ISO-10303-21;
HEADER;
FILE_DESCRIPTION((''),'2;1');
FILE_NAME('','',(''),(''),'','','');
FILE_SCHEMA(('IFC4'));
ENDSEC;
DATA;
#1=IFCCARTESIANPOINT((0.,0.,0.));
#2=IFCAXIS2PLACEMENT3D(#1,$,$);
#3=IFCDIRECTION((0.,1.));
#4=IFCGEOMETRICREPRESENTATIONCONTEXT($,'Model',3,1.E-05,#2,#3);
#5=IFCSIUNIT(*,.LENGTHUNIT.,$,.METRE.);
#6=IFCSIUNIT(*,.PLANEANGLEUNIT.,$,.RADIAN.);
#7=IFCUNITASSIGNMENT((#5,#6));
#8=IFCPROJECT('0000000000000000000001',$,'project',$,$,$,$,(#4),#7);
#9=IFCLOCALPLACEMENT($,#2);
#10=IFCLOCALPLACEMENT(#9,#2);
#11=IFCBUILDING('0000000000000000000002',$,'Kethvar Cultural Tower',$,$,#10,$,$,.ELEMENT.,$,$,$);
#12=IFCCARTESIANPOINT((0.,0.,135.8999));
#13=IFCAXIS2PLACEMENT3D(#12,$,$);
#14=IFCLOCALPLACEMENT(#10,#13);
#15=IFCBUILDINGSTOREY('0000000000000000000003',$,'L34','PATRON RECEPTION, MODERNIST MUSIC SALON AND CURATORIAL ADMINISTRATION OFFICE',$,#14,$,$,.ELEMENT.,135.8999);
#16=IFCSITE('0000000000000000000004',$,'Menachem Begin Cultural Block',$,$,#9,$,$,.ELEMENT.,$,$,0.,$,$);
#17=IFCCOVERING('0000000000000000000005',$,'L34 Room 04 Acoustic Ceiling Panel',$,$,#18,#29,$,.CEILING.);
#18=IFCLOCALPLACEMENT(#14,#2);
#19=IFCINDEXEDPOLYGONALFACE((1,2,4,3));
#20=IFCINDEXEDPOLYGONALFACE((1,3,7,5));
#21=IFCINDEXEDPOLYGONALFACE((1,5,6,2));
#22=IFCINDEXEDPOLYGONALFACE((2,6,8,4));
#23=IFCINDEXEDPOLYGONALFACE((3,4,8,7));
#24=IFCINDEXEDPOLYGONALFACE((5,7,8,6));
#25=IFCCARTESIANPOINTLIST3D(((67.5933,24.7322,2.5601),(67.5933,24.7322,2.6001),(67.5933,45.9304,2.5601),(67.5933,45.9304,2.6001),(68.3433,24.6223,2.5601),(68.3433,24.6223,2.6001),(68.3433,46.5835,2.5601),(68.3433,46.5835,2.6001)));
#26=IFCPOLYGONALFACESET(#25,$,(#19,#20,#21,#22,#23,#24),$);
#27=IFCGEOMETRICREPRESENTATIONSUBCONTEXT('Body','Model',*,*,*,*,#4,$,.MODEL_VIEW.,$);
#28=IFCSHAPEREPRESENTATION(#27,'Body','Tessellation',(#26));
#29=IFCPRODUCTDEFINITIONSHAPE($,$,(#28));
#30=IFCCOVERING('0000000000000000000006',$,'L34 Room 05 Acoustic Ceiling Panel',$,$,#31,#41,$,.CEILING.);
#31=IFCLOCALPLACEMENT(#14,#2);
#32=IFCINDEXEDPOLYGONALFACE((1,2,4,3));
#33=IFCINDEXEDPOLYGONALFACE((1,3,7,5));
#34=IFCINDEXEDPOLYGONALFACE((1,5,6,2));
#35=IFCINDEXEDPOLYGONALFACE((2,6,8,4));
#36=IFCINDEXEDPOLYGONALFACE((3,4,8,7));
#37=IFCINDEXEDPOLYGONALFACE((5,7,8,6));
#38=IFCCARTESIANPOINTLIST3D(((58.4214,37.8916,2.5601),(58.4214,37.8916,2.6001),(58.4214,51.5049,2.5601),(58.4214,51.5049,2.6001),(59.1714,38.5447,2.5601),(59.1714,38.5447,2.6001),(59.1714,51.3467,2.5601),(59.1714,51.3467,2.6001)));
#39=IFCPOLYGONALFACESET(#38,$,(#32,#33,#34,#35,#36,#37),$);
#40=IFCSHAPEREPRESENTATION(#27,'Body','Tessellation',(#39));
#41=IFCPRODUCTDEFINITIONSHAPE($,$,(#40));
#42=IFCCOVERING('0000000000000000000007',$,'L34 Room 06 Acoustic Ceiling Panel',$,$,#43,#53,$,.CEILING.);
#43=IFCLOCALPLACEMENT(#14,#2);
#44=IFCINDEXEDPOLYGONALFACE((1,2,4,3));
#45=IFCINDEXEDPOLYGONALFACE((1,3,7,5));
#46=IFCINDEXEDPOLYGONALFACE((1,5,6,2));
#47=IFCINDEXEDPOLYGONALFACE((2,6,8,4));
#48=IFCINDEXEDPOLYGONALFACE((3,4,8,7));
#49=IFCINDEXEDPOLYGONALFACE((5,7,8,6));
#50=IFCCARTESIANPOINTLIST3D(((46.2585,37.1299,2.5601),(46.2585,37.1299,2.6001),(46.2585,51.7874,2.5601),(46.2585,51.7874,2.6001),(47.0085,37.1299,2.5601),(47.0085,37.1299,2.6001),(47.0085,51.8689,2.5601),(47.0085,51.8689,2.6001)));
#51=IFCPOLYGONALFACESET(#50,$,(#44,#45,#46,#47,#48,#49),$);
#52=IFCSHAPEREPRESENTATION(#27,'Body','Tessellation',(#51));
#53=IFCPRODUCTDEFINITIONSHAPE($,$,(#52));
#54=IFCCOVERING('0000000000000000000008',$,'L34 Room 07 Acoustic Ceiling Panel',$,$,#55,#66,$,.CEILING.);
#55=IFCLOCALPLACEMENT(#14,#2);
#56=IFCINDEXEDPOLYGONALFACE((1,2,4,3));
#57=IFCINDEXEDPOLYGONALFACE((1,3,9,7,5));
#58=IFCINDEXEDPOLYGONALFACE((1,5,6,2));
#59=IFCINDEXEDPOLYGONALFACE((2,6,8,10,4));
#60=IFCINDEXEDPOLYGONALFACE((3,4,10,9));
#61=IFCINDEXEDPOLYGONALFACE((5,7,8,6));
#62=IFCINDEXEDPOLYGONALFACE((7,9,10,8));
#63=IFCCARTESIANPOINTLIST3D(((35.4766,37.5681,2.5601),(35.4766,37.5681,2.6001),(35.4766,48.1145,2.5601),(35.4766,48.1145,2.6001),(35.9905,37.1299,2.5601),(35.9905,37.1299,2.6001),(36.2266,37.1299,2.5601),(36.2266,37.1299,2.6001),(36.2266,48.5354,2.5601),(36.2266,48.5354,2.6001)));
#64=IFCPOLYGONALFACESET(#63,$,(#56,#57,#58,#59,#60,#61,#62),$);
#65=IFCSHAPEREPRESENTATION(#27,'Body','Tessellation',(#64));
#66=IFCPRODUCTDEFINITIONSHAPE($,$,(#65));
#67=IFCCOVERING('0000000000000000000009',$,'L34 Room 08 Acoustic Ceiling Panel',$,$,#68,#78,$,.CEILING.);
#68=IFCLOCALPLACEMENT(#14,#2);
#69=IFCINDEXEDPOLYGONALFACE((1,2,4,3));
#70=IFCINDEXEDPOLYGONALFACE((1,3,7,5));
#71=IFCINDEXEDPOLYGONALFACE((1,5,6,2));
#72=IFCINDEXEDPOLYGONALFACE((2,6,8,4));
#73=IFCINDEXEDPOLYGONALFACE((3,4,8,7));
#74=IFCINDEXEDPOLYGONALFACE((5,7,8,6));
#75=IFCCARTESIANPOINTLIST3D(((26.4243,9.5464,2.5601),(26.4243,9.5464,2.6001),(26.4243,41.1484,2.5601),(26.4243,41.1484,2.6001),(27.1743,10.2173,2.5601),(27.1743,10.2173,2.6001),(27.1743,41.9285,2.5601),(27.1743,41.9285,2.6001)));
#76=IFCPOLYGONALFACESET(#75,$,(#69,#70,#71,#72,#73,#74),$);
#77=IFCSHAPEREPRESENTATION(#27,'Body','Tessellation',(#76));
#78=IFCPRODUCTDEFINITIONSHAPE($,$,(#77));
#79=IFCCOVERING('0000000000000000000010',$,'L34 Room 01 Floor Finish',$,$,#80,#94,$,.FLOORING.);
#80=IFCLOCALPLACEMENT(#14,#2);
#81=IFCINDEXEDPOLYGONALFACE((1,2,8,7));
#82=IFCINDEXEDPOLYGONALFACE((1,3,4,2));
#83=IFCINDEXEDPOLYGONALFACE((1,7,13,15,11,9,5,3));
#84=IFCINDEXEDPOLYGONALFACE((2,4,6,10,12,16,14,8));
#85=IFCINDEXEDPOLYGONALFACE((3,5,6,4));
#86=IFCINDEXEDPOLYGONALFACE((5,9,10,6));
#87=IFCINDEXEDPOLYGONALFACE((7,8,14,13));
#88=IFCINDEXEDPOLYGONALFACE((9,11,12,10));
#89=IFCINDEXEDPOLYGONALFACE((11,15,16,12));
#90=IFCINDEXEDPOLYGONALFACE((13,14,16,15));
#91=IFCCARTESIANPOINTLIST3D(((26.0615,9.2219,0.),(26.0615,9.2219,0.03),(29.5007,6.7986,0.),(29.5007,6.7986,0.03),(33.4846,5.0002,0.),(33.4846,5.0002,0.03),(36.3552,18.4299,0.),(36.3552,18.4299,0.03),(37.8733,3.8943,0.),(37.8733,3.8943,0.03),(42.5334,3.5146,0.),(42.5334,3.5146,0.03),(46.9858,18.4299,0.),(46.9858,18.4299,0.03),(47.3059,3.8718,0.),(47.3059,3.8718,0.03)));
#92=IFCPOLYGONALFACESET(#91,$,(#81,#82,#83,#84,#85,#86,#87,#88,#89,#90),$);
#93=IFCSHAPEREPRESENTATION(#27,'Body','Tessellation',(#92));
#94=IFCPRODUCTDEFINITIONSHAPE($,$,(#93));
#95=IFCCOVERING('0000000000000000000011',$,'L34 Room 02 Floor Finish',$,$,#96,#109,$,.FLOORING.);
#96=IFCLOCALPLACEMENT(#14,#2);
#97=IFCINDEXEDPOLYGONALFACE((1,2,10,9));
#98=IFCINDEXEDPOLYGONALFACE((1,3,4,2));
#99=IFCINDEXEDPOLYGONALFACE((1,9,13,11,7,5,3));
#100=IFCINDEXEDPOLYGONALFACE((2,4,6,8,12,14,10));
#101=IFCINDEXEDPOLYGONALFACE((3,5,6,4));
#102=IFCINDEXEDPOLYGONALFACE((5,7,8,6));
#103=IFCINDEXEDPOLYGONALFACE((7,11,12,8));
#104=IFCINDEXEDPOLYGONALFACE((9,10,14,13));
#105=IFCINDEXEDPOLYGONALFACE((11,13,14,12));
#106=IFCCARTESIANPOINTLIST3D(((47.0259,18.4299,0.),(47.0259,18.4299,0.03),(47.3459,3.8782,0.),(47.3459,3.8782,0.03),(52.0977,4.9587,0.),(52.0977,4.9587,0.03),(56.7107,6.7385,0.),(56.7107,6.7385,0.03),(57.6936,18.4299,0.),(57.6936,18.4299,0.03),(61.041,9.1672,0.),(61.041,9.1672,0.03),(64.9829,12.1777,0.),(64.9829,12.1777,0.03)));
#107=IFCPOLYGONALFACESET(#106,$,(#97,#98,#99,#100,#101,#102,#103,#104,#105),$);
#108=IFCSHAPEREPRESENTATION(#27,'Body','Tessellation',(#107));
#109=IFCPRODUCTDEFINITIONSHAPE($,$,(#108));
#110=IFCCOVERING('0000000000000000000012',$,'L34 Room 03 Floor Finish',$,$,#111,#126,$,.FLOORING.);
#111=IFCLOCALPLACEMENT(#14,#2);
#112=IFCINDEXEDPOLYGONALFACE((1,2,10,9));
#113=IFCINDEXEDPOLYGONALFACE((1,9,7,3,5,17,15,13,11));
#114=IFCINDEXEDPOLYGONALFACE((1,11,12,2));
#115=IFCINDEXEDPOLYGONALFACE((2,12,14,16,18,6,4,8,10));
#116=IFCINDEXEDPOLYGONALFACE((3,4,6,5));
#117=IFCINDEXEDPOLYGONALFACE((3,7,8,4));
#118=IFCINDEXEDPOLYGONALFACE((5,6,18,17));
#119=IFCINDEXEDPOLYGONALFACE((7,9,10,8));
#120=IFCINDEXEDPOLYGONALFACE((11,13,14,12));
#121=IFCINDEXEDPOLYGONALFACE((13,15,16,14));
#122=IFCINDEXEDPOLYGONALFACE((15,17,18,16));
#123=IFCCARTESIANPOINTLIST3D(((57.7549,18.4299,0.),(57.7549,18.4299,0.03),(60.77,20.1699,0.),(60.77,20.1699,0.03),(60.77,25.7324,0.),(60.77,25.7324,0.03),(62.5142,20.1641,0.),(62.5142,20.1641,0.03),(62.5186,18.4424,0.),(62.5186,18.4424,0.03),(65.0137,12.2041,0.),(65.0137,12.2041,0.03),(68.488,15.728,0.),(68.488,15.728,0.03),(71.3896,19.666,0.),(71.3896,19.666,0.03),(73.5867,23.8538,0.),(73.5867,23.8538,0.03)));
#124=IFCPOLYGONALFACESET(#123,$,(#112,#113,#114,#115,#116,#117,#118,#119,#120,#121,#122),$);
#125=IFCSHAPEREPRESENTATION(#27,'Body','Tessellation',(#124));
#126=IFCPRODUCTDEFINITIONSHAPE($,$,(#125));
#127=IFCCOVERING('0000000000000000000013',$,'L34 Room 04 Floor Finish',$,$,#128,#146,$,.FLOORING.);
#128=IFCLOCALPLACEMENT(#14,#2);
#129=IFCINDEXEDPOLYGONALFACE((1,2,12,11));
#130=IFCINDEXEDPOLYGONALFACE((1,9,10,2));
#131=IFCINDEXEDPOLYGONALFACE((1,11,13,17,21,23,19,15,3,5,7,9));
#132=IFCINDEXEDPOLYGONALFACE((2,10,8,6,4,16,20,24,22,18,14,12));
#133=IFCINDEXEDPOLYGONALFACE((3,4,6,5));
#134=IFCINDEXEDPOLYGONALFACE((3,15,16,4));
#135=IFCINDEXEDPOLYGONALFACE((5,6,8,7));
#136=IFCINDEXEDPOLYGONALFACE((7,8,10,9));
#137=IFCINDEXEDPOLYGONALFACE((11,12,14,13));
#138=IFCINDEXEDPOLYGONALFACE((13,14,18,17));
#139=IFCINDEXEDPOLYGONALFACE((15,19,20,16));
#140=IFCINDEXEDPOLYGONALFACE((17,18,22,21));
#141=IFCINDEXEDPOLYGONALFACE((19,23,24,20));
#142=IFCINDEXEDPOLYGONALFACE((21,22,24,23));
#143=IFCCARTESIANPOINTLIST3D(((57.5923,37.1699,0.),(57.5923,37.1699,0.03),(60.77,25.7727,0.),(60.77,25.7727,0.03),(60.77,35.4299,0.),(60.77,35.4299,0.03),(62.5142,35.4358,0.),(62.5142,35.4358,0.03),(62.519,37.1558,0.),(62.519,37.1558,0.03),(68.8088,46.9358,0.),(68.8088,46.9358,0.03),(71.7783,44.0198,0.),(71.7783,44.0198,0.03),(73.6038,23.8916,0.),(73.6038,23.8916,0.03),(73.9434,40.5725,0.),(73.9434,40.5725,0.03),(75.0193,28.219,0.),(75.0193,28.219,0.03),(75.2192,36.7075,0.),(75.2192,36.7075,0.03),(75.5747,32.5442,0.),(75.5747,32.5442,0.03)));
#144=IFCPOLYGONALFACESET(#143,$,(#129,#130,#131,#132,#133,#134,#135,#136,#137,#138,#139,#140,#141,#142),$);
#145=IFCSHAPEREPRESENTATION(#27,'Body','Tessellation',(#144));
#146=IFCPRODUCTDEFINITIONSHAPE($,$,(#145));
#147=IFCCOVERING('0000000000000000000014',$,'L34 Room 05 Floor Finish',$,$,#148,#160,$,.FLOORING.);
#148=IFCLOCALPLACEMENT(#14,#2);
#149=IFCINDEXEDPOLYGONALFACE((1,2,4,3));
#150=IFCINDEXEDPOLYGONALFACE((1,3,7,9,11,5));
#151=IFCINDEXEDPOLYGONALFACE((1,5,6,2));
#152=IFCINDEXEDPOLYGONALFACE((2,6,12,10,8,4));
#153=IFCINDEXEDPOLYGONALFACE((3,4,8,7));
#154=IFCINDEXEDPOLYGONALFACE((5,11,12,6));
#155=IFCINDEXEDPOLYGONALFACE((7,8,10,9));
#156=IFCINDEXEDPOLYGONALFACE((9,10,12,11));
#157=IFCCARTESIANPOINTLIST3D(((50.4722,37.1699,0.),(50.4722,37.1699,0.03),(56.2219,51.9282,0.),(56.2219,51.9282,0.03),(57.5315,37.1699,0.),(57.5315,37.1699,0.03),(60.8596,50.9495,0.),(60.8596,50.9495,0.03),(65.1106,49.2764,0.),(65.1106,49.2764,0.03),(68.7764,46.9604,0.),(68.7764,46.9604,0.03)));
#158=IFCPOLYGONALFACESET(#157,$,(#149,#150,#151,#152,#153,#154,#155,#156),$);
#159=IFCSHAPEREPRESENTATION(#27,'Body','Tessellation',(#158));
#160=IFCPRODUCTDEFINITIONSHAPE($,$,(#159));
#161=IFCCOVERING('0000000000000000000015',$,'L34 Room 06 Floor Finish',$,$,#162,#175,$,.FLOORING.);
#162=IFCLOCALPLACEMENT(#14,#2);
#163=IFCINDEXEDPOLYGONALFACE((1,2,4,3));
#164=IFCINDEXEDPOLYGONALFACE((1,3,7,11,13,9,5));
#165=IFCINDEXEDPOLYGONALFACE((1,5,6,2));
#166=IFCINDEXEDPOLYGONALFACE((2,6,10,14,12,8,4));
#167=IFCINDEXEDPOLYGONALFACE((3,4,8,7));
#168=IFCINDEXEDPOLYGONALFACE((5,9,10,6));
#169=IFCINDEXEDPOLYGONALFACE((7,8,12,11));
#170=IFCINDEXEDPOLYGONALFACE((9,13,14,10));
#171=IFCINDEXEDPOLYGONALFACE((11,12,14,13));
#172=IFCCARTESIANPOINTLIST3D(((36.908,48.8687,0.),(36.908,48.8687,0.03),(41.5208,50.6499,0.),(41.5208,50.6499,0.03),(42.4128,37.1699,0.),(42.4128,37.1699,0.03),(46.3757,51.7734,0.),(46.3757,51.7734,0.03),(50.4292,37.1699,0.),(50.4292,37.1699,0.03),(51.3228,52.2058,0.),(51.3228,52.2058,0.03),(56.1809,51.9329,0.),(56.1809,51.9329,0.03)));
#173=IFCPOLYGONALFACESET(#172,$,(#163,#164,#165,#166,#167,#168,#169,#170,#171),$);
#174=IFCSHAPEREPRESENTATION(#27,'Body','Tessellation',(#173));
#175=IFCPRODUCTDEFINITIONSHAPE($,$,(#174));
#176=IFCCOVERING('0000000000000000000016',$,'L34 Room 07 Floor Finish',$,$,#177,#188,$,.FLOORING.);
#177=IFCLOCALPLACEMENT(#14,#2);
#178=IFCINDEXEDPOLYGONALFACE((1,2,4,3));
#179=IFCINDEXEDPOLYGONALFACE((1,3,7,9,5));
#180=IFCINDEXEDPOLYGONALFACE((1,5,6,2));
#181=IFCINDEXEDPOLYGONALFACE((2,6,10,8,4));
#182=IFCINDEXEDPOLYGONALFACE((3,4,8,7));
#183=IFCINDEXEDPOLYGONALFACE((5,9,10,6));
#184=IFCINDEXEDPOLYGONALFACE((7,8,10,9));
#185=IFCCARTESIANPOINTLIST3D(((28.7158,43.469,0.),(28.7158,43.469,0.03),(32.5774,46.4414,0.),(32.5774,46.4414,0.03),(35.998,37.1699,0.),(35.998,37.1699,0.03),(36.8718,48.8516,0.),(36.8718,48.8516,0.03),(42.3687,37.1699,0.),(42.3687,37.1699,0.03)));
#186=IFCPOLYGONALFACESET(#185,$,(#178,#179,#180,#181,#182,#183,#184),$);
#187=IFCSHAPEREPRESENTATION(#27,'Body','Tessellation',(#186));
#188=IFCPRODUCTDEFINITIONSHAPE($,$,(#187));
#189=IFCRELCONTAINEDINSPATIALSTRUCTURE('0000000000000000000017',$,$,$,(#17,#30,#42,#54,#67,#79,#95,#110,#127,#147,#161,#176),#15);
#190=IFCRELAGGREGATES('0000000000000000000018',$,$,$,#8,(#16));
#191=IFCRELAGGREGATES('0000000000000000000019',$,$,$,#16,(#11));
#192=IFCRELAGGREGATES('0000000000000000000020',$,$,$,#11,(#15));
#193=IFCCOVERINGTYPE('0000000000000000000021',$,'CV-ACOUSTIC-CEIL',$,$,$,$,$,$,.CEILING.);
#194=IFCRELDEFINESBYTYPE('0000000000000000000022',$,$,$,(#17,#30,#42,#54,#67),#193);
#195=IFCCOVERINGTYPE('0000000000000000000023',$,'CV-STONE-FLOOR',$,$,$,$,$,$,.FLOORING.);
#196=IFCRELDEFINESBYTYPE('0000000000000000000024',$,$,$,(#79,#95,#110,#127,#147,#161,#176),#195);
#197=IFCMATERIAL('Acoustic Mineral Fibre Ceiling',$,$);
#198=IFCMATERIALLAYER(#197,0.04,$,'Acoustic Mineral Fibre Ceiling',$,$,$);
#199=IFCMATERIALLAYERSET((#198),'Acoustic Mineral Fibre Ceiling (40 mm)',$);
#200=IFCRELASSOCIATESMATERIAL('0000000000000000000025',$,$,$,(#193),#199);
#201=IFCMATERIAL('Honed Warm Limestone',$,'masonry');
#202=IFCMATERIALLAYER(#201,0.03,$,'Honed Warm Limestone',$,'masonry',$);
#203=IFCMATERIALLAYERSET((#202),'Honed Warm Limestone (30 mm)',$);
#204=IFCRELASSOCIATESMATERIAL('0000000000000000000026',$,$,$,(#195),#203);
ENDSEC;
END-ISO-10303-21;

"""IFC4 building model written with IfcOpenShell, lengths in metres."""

from ifc_helpers import new_model, si_unit, direction, frame, origin, place, context, subcontext, project, spatial, polyline, outline, extrude, material, layer, layer_set, type_object, element, save


model = new_model("IFC4")

# Units and contexts
model_context = context("Model", 3, precision=1e-05, world=origin(), true_north=direction((0.0, 1.0)))
body_context = subcontext(model_context, "Body", "Model", "MODEL_VIEW")
ifc_project = project(units=[si_unit("LENGTHUNIT", "METRE"), si_unit("PLANEANGLEUNIT", "RADIAN")], contexts=[model_context])

# Site, building, storey
site_placement = place(None, origin())
site = spatial("IfcSite", under=ifc_project, at=site_placement, Name="Menachem Begin Cultural Block", CompositionType="ELEMENT", RefElevation=0.0)
building_placement = place(site_placement, origin())
building = spatial("IfcBuilding", under=site, at=building_placement, Name="Kethvar Cultural Tower", CompositionType="ELEMENT")
storey_placement = place(building_placement, frame((0.0, 0.0, 135.8999)))
storey = spatial("IfcBuildingStorey", under=building, at=storey_placement, Name="L34", Description="PATRON RECEPTION, MODERNIST MUSIC SALON AND CURATORIAL ADMINISTRATION OFFICE", CompositionType="ELEMENT", Elevation=135.8999)

# Coverings
ifc_material_1 = material(Name="Acoustic Mineral Fibre Ceiling")
ifc_layer_1 = layer(ifc_material_1, 0.04, Name="Acoustic Mineral Fibre Ceiling")
ifc_layer_set_1 = layer_set([ifc_layer_1], Name="Acoustic Mineral Fibre Ceiling (40 mm)")
covering_type_1 = type_object("IfcCoveringType", Name="CV-ACOUSTIC-CEIL", PredefinedType="CEILING", material=ifc_layer_set_1)
covering_1_placement = place(storey_placement, frame((0.0, 0.0, 2.5601)))
element("IfcCovering", 1, at=covering_1_placement, inside=storey, type_object=covering_type_1, Name="L34 Room 04 Acoustic Ceiling Panel", PredefinedType="CEILING", context=body_context, shape_type="SweptSolid", body=[
    extrude(outline(polyline([(67.5933, 24.7322), (67.5933, 45.9304), (68.3433, 46.5835), (68.3433, 24.6223), (67.5933, 24.7322)])), origin(), (0.0, 0.0, 1.0), 0.04),
])
covering_2_placement = place(storey_placement, frame((0.0, 0.0, 2.5601)))
element("IfcCovering", 2, at=covering_2_placement, inside=storey, type_object=covering_type_1, Name="L34 Room 05 Acoustic Ceiling Panel", PredefinedType="CEILING", context=body_context, shape_type="SweptSolid", body=[
    extrude(outline(polyline([(58.4214, 37.8916), (58.4214, 51.5049), (59.1714, 51.3467), (59.1714, 38.5447), (58.4214, 37.8916)])), origin(), (0.0, 0.0, 1.0), 0.04),
])
covering_3_placement = place(storey_placement, frame((0.0, 0.0, 2.5601)))
element("IfcCovering", 3, at=covering_3_placement, inside=storey, type_object=covering_type_1, Name="L34 Room 06 Acoustic Ceiling Panel", PredefinedType="CEILING", context=body_context, shape_type="SweptSolid", body=[
    extrude(outline(polyline([(46.2585, 51.7874), (47.0085, 51.8689), (47.0085, 37.1299), (46.2585, 37.1299), (46.2585, 51.7874)])), origin(), (0.0, 0.0, 1.0), 0.04),
])
covering_4_placement = place(storey_placement, frame((0.0, 0.0, 2.5601)))
element("IfcCovering", 4, at=covering_4_placement, inside=storey, type_object=covering_type_1, Name="L34 Room 07 Acoustic Ceiling Panel", PredefinedType="CEILING", context=body_context, shape_type="SweptSolid", body=[
    extrude(outline(polyline([(36.2266, 48.5354), (36.2266, 37.1299), (35.9905, 37.1299), (35.4766, 37.5681), (35.4766, 48.1145), (36.2266, 48.5354)])), origin(), (0.0, 0.0, 1.0), 0.04),
])
covering_5_placement = place(storey_placement, frame((0.0, 0.0, 2.5601)))
element("IfcCovering", 5, at=covering_5_placement, inside=storey, type_object=covering_type_1, Name="L34 Room 08 Acoustic Ceiling Panel", PredefinedType="CEILING", context=body_context, shape_type="SweptSolid", body=[
    extrude(outline(polyline([(27.1743, 41.9285), (27.1743, 10.2173), (26.4243, 9.5464), (26.4243, 41.1484), (27.1743, 41.9285)])), origin(), (0.0, 0.0, 1.0), 0.04),
])
ifc_material_2 = material(Name="Honed Warm Limestone", Category="masonry")
ifc_layer_2 = layer(ifc_material_2, 0.03, Name="Honed Warm Limestone", Category="masonry")
ifc_layer_set_2 = layer_set([ifc_layer_2], Name="Honed Warm Limestone (30 mm)")
covering_type_2 = type_object("IfcCoveringType", Name="CV-STONE-FLOOR", PredefinedType="FLOORING", material=ifc_layer_set_2)
covering_6_placement = place(storey_placement, origin())
element("IfcCovering", 6, at=covering_6_placement, inside=storey, type_object=covering_type_2, Name="L34 Room 01 Floor Finish", PredefinedType="FLOORING", context=body_context, shape_type="SweptSolid", body=[
    extrude(outline(polyline([(47.3059, 3.8718), (42.5334, 3.5146), (37.8733, 3.8943), (33.4846, 5.0002), (29.5007, 6.7986), (26.0615, 9.2219), (36.3552, 18.4299), (46.9858, 18.4299), (47.3059, 3.8718)])), origin(), (0.0, 0.0, 1.0), 0.03),
])
covering_7_placement = place(storey_placement, origin())
element("IfcCovering", 7, at=covering_7_placement, inside=storey, type_object=covering_type_2, Name="L34 Room 02 Floor Finish", PredefinedType="FLOORING", context=body_context, shape_type="SweptSolid", body=[
    extrude(outline(polyline([(61.041, 9.1672), (56.7107, 6.7385), (52.0977, 4.9587), (47.3459, 3.8782), (47.0259, 18.4299), (57.6936, 18.4299), (64.9829, 12.1777), (61.041, 9.1672)])), origin(), (0.0, 0.0, 1.0), 0.03),
])
covering_8_placement = place(storey_placement, origin())
element("IfcCovering", 8, at=covering_8_placement, inside=storey, type_object=covering_type_2, Name="L34 Room 03 Floor Finish", PredefinedType="FLOORING", context=body_context, shape_type="SweptSolid", body=[
    extrude(outline(polyline([(71.3896, 19.666), (68.488, 15.728), (65.0137, 12.2041), (57.7549, 18.4299), (62.5186, 18.4424), (62.5142, 20.1641), (60.77, 20.1699), (60.77, 25.7324), (73.5867, 23.8538), (71.3896, 19.666)])), origin(), (0.0, 0.0, 1.0), 0.03),
])
covering_9_placement = place(storey_placement, origin())
element("IfcCovering", 9, at=covering_9_placement, inside=storey, type_object=covering_type_2, Name="L34 Room 04 Floor Finish", PredefinedType="FLOORING", context=body_context, shape_type="SweptSolid", body=[
    extrude(outline(polyline([(75.5747, 32.5442), (75.0193, 28.219), (73.6038, 23.8916), (60.77, 25.7727), (60.77, 35.4299), (62.5142, 35.4358), (62.519, 37.1558), (57.5923, 37.1699), (68.8088, 46.9358), (71.7783, 44.0198), (73.9434, 40.5725), (75.2192, 36.7075), (75.5747, 32.5442)])), origin(), (0.0, 0.0, 1.0), 0.03),
])
covering_10_placement = place(storey_placement, origin())
element("IfcCovering", 10, at=covering_10_placement, inside=storey, type_object=covering_type_2, Name="L34 Room 05 Floor Finish", PredefinedType="FLOORING", context=body_context, shape_type="SweptSolid", body=[
    extrude(outline(polyline([(60.8596, 50.9495), (65.1106, 49.2764), (68.7764, 46.9604), (57.5315, 37.1699), (50.4722, 37.1699), (56.2219, 51.9282), (60.8596, 50.9495)])), origin(), (0.0, 0.0, 1.0), 0.03),
])
covering_11_placement = place(storey_placement, origin())
element("IfcCovering", 11, at=covering_11_placement, inside=storey, type_object=covering_type_2, Name="L34 Room 06 Floor Finish", PredefinedType="FLOORING", context=body_context, shape_type="SweptSolid", body=[
    extrude(outline(polyline([(41.5208, 50.6499), (46.3757, 51.7734), (51.3228, 52.2058), (56.1809, 51.9329), (50.4292, 37.1699), (42.4128, 37.1699), (36.908, 48.8687), (41.5208, 50.6499)])), origin(), (0.0, 0.0, 1.0), 0.03),
])
covering_12_placement = place(storey_placement, origin())
element("IfcCovering", 12, at=covering_12_placement, inside=storey, type_object=covering_type_2, Name="L34 Room 07 Floor Finish", PredefinedType="FLOORING", context=body_context, shape_type="SweptSolid", body=[
    extrude(outline(polyline([(32.5774, 46.4414), (36.8718, 48.8516), (42.3687, 37.1699), (35.998, 37.1699), (28.7158, 43.469), (32.5774, 46.4414)])), origin(), (0.0, 0.0, 1.0), 0.03),
])

save(model, "model.ifc")
